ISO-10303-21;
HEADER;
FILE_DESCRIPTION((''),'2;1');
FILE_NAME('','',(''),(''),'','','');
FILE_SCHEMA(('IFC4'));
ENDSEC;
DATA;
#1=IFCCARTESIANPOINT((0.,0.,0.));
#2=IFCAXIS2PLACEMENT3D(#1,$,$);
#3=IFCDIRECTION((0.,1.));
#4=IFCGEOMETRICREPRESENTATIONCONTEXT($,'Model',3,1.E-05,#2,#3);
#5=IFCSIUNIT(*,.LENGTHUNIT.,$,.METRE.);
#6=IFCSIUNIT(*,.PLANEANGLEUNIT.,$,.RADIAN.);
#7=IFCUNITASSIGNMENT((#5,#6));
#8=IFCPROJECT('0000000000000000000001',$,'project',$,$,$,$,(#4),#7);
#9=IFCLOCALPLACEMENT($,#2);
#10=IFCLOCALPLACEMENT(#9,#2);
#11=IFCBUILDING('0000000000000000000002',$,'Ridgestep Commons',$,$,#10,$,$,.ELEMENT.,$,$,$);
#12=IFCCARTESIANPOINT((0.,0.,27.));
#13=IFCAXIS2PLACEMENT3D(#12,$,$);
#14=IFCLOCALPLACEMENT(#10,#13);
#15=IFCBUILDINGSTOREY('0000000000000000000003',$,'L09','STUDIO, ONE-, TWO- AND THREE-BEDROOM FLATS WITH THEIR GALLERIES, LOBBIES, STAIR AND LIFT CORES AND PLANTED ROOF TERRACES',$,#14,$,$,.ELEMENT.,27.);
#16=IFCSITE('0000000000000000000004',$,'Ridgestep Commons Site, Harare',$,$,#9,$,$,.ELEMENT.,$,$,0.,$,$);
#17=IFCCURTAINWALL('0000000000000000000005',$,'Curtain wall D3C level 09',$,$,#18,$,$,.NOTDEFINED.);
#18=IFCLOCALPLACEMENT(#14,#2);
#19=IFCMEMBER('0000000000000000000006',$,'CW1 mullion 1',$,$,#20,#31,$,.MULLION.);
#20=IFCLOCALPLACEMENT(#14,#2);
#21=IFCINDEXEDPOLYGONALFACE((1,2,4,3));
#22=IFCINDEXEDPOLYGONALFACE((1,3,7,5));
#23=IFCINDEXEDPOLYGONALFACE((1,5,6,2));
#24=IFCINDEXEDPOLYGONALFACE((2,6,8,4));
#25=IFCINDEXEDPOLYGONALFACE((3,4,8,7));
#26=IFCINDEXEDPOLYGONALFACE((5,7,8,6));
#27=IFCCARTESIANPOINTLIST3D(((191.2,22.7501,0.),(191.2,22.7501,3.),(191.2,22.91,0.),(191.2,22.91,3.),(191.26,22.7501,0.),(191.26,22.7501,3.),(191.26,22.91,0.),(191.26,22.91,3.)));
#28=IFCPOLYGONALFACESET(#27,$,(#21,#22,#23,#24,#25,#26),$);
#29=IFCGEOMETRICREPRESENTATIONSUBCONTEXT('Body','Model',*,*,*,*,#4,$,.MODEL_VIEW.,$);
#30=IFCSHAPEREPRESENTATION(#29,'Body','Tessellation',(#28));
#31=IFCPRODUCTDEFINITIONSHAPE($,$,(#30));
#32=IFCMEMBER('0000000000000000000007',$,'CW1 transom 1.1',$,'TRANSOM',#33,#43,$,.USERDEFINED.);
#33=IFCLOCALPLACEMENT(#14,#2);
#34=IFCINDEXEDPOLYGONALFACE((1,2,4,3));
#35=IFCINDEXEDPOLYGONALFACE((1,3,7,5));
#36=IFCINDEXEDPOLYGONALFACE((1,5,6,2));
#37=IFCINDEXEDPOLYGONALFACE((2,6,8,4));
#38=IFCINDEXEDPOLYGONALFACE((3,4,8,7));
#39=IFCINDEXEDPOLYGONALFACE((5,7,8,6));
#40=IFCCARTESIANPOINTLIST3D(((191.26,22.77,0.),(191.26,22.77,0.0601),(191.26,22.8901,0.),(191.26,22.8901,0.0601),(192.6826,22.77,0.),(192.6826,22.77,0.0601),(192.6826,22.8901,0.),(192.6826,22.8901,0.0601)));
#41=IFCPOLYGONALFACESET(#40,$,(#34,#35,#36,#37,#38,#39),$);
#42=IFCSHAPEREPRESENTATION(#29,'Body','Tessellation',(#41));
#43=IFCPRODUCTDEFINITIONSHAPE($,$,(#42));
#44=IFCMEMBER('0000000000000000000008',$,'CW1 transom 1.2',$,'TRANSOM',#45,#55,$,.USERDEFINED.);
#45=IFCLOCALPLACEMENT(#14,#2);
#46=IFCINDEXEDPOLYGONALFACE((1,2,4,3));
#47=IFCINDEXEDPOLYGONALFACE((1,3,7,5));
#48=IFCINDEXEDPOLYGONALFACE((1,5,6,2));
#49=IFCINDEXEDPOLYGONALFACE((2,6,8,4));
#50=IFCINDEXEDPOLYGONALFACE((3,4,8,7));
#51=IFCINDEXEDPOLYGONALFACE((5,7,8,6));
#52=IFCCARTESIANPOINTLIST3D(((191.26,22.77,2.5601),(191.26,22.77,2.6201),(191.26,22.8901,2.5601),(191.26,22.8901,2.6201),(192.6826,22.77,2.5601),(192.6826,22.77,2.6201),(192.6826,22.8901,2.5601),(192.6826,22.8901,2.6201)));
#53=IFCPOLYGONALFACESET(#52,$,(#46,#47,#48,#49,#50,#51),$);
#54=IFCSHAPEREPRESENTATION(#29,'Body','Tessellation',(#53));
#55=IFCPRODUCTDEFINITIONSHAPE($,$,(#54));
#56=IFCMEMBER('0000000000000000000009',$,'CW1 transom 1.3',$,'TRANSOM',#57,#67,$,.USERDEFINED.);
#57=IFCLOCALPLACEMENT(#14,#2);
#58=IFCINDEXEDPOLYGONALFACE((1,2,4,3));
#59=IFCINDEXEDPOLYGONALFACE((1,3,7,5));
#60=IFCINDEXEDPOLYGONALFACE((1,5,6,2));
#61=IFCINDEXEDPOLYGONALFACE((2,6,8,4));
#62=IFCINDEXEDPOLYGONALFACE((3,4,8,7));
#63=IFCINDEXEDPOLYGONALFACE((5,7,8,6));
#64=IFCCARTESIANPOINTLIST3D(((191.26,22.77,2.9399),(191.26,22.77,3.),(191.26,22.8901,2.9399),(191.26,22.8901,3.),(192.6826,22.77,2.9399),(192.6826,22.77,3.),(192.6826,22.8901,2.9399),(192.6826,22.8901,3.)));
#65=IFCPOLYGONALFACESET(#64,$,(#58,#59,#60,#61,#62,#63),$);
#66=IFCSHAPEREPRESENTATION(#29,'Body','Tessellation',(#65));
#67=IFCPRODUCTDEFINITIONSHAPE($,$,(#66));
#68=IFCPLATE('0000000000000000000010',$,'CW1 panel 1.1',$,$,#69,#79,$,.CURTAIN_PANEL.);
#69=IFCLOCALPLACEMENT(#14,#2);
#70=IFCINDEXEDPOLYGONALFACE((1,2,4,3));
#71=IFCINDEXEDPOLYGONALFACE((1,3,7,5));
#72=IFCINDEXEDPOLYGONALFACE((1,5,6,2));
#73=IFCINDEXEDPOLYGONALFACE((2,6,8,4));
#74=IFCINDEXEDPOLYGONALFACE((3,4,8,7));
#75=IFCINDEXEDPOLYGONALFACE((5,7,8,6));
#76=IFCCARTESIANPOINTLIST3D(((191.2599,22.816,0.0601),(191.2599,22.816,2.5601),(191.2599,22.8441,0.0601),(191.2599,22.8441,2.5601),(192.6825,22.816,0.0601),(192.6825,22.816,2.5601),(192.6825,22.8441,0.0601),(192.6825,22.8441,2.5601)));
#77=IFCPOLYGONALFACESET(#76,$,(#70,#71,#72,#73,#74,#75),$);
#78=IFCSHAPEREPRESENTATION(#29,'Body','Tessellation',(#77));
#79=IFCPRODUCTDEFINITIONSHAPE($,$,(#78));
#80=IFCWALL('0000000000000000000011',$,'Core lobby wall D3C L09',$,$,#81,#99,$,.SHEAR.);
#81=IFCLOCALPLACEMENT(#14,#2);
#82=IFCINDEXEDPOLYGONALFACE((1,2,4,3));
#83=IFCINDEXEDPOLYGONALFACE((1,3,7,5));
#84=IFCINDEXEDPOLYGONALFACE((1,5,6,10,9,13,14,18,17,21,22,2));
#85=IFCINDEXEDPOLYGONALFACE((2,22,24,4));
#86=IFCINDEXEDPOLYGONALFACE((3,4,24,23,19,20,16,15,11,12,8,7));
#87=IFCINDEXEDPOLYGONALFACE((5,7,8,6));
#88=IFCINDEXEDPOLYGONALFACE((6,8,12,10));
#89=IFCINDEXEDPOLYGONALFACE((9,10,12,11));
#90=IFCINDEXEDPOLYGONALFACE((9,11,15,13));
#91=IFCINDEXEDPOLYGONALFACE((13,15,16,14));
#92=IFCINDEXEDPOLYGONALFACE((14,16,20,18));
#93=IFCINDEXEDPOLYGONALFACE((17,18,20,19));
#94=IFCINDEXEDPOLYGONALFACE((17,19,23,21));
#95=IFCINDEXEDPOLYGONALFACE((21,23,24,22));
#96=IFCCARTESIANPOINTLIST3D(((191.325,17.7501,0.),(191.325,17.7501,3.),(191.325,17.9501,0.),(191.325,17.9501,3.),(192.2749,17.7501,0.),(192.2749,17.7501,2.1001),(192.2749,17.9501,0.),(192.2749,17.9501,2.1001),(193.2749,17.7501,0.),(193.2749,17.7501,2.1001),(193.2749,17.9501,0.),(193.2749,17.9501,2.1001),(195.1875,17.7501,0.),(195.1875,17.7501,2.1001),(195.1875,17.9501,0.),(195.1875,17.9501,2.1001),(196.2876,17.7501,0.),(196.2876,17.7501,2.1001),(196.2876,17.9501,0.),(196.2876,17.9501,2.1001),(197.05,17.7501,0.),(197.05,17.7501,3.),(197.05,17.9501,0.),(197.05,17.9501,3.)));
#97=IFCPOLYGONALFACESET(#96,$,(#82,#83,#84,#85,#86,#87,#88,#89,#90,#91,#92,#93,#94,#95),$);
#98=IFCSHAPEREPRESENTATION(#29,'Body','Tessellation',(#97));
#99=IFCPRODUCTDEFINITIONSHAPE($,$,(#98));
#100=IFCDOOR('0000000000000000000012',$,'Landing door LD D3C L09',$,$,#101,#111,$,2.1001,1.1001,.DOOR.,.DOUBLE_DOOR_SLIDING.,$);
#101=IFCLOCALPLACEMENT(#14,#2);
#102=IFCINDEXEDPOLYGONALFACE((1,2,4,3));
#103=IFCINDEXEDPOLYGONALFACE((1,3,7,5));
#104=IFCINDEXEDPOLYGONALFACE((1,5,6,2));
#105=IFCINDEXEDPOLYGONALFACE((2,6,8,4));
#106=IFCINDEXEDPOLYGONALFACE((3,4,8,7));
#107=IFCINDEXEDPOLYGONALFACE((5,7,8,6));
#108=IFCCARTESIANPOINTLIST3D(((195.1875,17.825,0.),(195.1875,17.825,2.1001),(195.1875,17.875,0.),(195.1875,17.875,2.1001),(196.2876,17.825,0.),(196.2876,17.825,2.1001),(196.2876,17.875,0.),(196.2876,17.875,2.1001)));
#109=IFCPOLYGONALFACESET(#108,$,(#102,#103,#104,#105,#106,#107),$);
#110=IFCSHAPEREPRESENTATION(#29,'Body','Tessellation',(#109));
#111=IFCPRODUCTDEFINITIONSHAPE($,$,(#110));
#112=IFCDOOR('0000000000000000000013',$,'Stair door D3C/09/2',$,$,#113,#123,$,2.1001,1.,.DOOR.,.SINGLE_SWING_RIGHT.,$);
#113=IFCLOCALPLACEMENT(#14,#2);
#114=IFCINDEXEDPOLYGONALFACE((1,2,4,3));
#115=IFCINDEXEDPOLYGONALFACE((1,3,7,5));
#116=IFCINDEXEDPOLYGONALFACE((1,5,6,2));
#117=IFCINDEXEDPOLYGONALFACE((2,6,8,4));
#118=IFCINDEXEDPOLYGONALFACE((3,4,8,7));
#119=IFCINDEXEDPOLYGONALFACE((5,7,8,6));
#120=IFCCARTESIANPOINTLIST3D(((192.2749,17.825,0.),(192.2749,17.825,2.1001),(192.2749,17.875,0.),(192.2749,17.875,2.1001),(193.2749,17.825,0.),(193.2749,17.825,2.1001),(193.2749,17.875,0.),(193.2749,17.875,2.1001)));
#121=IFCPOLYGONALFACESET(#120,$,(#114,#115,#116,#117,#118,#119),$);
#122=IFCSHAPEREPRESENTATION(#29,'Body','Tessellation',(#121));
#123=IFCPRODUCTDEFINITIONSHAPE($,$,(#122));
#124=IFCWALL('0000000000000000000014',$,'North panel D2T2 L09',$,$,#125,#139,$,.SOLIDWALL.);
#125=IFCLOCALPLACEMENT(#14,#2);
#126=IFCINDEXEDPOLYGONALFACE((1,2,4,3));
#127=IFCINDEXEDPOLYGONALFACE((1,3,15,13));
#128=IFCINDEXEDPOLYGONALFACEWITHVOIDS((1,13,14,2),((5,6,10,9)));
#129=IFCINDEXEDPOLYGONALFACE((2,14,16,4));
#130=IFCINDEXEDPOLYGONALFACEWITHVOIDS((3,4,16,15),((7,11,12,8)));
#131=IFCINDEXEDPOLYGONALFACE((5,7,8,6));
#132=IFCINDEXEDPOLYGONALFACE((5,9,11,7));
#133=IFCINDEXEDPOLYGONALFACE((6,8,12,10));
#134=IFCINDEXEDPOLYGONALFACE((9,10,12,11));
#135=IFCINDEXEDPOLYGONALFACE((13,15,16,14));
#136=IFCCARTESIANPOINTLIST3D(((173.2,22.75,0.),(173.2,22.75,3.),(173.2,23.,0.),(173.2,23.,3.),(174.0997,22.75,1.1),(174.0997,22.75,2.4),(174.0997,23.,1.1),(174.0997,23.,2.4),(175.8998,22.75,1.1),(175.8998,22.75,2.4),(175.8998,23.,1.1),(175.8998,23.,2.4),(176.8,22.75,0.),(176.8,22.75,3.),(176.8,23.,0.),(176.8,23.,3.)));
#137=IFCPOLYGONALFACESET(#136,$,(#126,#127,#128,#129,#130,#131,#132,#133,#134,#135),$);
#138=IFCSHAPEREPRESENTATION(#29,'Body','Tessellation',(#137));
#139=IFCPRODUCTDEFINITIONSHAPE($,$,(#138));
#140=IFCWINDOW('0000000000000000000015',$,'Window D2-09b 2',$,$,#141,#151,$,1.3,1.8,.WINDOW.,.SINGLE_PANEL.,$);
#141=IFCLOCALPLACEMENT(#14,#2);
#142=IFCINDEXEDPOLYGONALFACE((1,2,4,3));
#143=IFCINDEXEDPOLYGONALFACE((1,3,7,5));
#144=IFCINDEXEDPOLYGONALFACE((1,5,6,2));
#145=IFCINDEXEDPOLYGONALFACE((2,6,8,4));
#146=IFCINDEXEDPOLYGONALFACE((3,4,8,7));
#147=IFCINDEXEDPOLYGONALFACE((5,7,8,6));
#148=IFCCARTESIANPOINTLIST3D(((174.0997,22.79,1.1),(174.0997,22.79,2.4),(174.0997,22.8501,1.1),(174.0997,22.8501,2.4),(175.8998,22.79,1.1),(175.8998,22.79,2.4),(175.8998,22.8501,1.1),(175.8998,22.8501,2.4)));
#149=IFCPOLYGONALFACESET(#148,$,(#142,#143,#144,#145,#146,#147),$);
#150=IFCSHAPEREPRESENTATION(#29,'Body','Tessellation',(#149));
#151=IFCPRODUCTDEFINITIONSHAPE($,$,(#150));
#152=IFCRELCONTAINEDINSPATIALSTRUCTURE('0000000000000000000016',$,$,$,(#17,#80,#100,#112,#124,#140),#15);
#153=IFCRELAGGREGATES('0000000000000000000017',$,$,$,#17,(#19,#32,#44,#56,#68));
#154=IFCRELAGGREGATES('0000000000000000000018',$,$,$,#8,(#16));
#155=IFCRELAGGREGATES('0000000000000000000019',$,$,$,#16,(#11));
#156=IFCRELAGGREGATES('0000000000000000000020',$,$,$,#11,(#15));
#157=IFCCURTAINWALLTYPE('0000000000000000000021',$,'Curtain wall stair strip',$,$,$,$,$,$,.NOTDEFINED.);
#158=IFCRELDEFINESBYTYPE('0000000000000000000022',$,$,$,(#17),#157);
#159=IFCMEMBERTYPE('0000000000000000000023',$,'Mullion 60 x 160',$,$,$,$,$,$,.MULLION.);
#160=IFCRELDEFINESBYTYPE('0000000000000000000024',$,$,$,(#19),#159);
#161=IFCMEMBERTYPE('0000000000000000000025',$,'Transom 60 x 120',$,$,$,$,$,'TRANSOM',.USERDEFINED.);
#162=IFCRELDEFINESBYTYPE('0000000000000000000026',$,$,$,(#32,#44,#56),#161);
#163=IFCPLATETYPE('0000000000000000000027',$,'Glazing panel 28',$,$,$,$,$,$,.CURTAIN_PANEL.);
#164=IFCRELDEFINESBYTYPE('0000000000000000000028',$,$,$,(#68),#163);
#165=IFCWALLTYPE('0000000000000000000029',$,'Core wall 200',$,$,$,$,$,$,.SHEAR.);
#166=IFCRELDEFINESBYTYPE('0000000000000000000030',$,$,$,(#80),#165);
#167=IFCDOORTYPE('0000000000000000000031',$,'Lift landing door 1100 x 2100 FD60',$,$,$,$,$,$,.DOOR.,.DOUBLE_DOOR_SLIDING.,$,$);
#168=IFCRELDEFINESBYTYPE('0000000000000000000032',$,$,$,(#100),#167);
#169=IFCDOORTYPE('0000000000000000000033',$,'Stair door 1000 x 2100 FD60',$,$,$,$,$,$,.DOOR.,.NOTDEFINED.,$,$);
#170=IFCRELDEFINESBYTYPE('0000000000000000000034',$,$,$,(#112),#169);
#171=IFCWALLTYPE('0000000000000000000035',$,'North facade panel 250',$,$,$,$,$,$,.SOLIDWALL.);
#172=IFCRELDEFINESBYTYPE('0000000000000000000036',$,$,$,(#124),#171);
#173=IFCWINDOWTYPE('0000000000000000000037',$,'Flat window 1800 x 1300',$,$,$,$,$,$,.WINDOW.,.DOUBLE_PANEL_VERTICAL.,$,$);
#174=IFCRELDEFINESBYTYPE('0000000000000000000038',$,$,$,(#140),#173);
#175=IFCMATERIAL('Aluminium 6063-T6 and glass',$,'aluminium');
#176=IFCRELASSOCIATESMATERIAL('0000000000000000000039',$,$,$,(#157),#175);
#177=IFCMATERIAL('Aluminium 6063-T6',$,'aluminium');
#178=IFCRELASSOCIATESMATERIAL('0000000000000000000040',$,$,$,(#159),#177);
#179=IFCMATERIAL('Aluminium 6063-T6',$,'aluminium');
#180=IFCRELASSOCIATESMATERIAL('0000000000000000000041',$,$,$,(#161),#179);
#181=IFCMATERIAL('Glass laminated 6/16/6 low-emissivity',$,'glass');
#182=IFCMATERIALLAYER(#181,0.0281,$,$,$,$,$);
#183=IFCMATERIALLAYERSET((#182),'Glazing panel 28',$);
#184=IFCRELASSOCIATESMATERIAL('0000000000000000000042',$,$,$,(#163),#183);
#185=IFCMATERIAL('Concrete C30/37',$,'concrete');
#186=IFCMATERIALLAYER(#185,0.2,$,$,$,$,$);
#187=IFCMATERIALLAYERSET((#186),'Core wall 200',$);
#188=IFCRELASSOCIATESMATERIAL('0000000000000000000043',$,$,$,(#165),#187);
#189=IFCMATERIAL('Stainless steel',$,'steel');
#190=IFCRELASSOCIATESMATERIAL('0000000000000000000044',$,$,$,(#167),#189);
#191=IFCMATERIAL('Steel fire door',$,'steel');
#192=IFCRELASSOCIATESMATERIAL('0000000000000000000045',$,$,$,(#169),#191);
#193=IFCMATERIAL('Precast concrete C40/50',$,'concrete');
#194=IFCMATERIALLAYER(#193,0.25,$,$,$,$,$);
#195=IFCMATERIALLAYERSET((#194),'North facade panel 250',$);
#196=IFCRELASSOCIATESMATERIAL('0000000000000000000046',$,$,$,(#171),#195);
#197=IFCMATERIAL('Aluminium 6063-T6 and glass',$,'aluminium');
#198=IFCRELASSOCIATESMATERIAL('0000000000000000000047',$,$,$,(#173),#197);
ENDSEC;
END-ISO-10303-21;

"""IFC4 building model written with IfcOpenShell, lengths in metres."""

from ifc_helpers import new_model, si_unit, direction, frame, frame_2d, origin, origin_2d, place, context, subcontext, project, spatial, rectangle, extrude, material, layer, layer_set, material_profile, profile_set, type_object, element, fill, aggregate, save


model = new_model("IFC4")

# Units and contexts
model_context = context("Model", 3, precision=1e-05, world=origin(), true_north=direction((0.0, 1.0)))
body_context = subcontext(model_context, "Body", "Model", "MODEL_VIEW")
ifc_project = project(units=[si_unit("LENGTHUNIT", "METRE"), si_unit("PLANEANGLEUNIT", "RADIAN")], contexts=[model_context])

# Site, building, storey
site_placement = place(None, origin())
site = spatial("IfcSite", under=ifc_project, at=site_placement, Name="Ridgestep Commons Site, Harare", CompositionType="ELEMENT", RefElevation=0.0)
building_placement = place(site_placement, origin())
building = spatial("IfcBuilding", under=site, at=building_placement, Name="Ridgestep Commons", CompositionType="ELEMENT")
storey_placement = place(building_placement, frame((0.0, 0.0, 27.0)))
storey = spatial("IfcBuildingStorey", under=building, at=storey_placement, Name="L09", Description="STUDIO, ONE-, TWO- AND THREE-BEDROOM FLATS WITH THEIR GALLERIES, LOBBIES, STAIR AND LIFT CORES AND PLANTED ROOF TERRACES", CompositionType="ELEMENT", Elevation=27.0)

# Curtain wall, members, plate
ifc_material_1 = material(Name="Aluminium 6063-T6 and glass", Category="aluminium")
curtain_wall_type = type_object("IfcCurtainWallType", Name="Curtain wall stair strip", PredefinedType="NOTDEFINED", material=ifc_material_1)
curtain_wall_placement = place(storey_placement, origin())
curtain_wall = element("IfcCurtainWall", 1, at=curtain_wall_placement, inside=storey, type_object=curtain_wall_type, Name="Curtain wall D3C level 09", PredefinedType="NOTDEFINED")
ifc_material_2 = material(Name="Aluminium 6063-T6", Category="aluminium")
ifc_material_profile_1 = material_profile(ifc_material_2, rectangle(XDim=0.1599, YDim=0.0601, at=origin_2d()), Name="Mullion 60 x 160")
ifc_profile_set_1 = profile_set([ifc_material_profile_1], Name="Aluminium 6063-T6")
member_type_1 = type_object("IfcMemberType", Name="Mullion 60 x 160", PredefinedType="MULLION", material=ifc_profile_set_1)
member_1_placement = place(storey_placement, frame((191.23, 22.8301, 0.0), z_axis=(0.0, 0.0, 1.0), x_axis=(0.0, 1.0, 0.0)))
member_1 = element("IfcMember", 2, at=member_1_placement, type_object=member_type_1, Name="CW1 mullion 1", PredefinedType="MULLION", context=body_context, shape_type="SweptSolid", body=[
    extrude(rectangle(XDim=0.1599, YDim=0.0601, at=origin_2d()), origin(), (0.0, 0.0, 1.0), 3.0),
])
ifc_material_3 = material(Name="Aluminium 6063-T6", Category="aluminium")
ifc_material_profile_2 = material_profile(ifc_material_3, rectangle(XDim=0.1201, YDim=0.0601, at=origin_2d()), Name="Transom 60 x 120")
ifc_profile_set_2 = profile_set([ifc_material_profile_2], Name="Aluminium 6063-T6")
member_type_2 = type_object("IfcMemberType", Name="Transom 60 x 120", ElementType="TRANSOM", PredefinedType="USERDEFINED", material=ifc_profile_set_2)
member_2_placement = place(storey_placement, frame((191.26, 22.8301, 0.03), z_axis=(1.0, 0.0, 0.0), x_axis=(0.0, 1.0, 0.0)))
member_2 = element("IfcMember", 3, at=member_2_placement, type_object=member_type_2, Name="CW1 transom 1.1", ObjectType="TRANSOM", PredefinedType="USERDEFINED", context=body_context, shape_type="SweptSolid", body=[
    extrude(rectangle(XDim=0.1201, YDim=0.0601, at=origin_2d()), origin(), (0.0, 0.0, 1.0), 1.4226),
])
member_3_placement = place(storey_placement, frame((191.26, 22.8301, 2.5901), z_axis=(1.0, 0.0, 0.0), x_axis=(0.0, 1.0, 0.0)))
member_3 = element("IfcMember", 4, at=member_3_placement, type_object=member_type_2, Name="CW1 transom 1.2", ObjectType="TRANSOM", PredefinedType="USERDEFINED", context=body_context, shape_type="SweptSolid", body=[
    extrude(rectangle(XDim=0.1201, YDim=0.0601, at=origin_2d()), origin(), (0.0, 0.0, 1.0), 1.4226),
])
member_4_placement = place(storey_placement, frame((191.26, 22.8301, 2.97), z_axis=(1.0, 0.0, 0.0), x_axis=(0.0, 1.0, 0.0)))
member_4 = element("IfcMember", 5, at=member_4_placement, type_object=member_type_2, Name="CW1 transom 1.3", ObjectType="TRANSOM", PredefinedType="USERDEFINED", context=body_context, shape_type="SweptSolid", body=[
    extrude(rectangle(XDim=0.1201, YDim=0.0601, at=origin_2d()), origin(), (0.0, 0.0, 1.0), 1.4226),
])
ifc_material_4 = material(Name="Glass laminated 6/16/6 low-emissivity", Category="glass")
ifc_layer_1 = layer(ifc_material_4, 0.0281)
ifc_layer_set_1 = layer_set([ifc_layer_1], Name="Glazing panel 28")
plate_type = type_object("IfcPlateType", Name="Glazing panel 28", PredefinedType="CURTAIN_PANEL", material=ifc_layer_set_1)
plate_placement = place(storey_placement, frame((191.9712, 22.8301, 0.0601), z_axis=(0.0, 0.0, 1.0), x_axis=(1.0, 0.0, 0.0)))
plate = element("IfcPlate", 6, at=plate_placement, type_object=plate_type, Name="CW1 panel 1.1", PredefinedType="CURTAIN_PANEL", context=body_context, shape_type="SweptSolid", body=[
    extrude(rectangle(XDim=1.4226, YDim=0.0281, at=origin_2d()), origin(), (0.0, 0.0, 1.0), 2.5),
])
aggregate(curtain_wall, [member_1, member_2, member_3, member_4, plate])

# Wall, openings, doors
ifc_material_5 = material(Name="Concrete C30/37", Category="concrete")
ifc_layer_2 = layer(ifc_material_5, 0.2)
ifc_layer_set_2 = layer_set([ifc_layer_2], Name="Core wall 200")
wall_type_1 = type_object("IfcWallType", Name="Core wall 200", PredefinedType="SHEAR", material=ifc_layer_set_2)
wall_1_placement = place(storey_placement, frame((191.325, 17.8501, 0.0), z_axis=(0.0, 0.0, 1.0), x_axis=(1.0, 0.0, 0.0)))
wall_1 = element("IfcWall", 7, at=wall_1_placement, inside=storey, type_object=wall_type_1, Name="Core lobby wall D3C L09", PredefinedType="SHEAR", context=body_context, shape_type="SweptSolid", body=[
    extrude(rectangle(XDim=5.7251, YDim=0.2, at=frame_2d((2.8625, 0.0))), origin(), (0.0, 0.0, 1.0), 3.0),
])
opening_1_placement = place(wall_1_placement, frame((0.95, 0.0, 0.0)))
opening_1 = element("IfcOpeningElement", 8, at=opening_1_placement, cuts=wall_1, PredefinedType="OPENING", context=body_context, shape_type="SweptSolid", body=[
    extrude(rectangle(XDim=1.0, YDim=2.1001, at=frame_2d((0.5, 1.05))), frame((0.0, 0.1099, 0.0), z_axis=(0.0, -1.0, 0.0), x_axis=(1.0, 0.0, 0.0)), (0.0, 0.0, 1.0), 0.22),
])
opening_2_placement = place(wall_1_placement, frame((3.8625, 0.0, 0.0)))
opening_2 = element("IfcOpeningElement", 9, at=opening_2_placement, cuts=wall_1, PredefinedType="OPENING", context=body_context, shape_type="SweptSolid", body=[
    extrude(rectangle(XDim=1.1001, YDim=2.1001, at=frame_2d((0.55, 1.05))), frame((0.0, 0.1099, 0.0), z_axis=(0.0, -1.0, 0.0), x_axis=(1.0, 0.0, 0.0)), (0.0, 0.0, 1.0), 0.22),
])
ifc_material_6 = material(Name="Stainless steel", Category="steel")
door_type_1 = type_object("IfcDoorType", Name="Lift landing door 1100 x 2100 FD60", OperationType="DOUBLE_DOOR_SLIDING", PredefinedType="DOOR", material=ifc_material_6)
door_1_placement = place(opening_2_placement, origin())
door_1 = element("IfcDoor", 10, at=door_1_placement, inside=storey, type_object=door_type_1, Name="Landing door LD D3C L09", OperationType="DOUBLE_DOOR_SLIDING", OverallHeight=2.1001, OverallWidth=1.1001, PredefinedType="DOOR", context=body_context, shape_type="SweptSolid", body=[
    extrude(rectangle(XDim=1.1001, YDim=2.1001, at=frame_2d((0.55, 1.05))), frame((0.0, 0.0249, 0.0), z_axis=(0.0, -1.0, 0.0), x_axis=(1.0, 0.0, 0.0)), (0.0, 0.0, 1.0), 0.05),
])
fill(opening_2, door_1)
ifc_material_7 = material(Name="Steel fire door", Category="steel")
door_type_2 = type_object("IfcDoorType", Name="Stair door 1000 x 2100 FD60", OperationType="NOTDEFINED", PredefinedType="DOOR", material=ifc_material_7)
door_2_placement = place(opening_1_placement, origin())
door_2 = element("IfcDoor", 11, at=door_2_placement, inside=storey, type_object=door_type_2, Name="Stair door D3C/09/2", OperationType="SINGLE_SWING_RIGHT", OverallHeight=2.1001, OverallWidth=1.0, PredefinedType="DOOR", context=body_context, shape_type="SweptSolid", body=[
    extrude(rectangle(XDim=1.0, YDim=2.1001, at=frame_2d((0.5, 1.05))), frame((0.0, 0.0249, 0.0), z_axis=(0.0, -1.0, 0.0), x_axis=(1.0, 0.0, 0.0)), (0.0, 0.0, 1.0), 0.05),
])
fill(opening_1, door_2)

# Wall, opening, window
ifc_material_8 = material(Name="Precast concrete C40/50", Category="concrete")
ifc_layer_3 = layer(ifc_material_8, 0.25)
ifc_layer_set_3 = layer_set([ifc_layer_3], Name="North facade panel 250")
wall_type_2 = type_object("IfcWallType", Name="North facade panel 250", PredefinedType="SOLIDWALL", material=ifc_layer_set_3)
wall_2_placement = place(storey_placement, frame((173.2, 22.875, 0.0), z_axis=(0.0, 0.0, 1.0), x_axis=(1.0, 0.0, 0.0)))
wall_2 = element("IfcWall", 12, at=wall_2_placement, inside=storey, type_object=wall_type_2, Name="North panel D2T2 L09", PredefinedType="SOLIDWALL", context=body_context, shape_type="SweptSolid", body=[
    extrude(rectangle(XDim=3.6001, YDim=0.25, at=frame_2d((1.8, 0.0))), origin(), (0.0, 0.0, 1.0), 3.0),
])
opening_3_placement = place(wall_2_placement, frame((0.8999, 0.0, 1.1001)))
opening_3 = element("IfcOpeningElement", 13, at=opening_3_placement, cuts=wall_2, PredefinedType="OPENING", context=body_context, shape_type="SweptSolid", body=[
    extrude(rectangle(XDim=1.8, YDim=1.3, at=frame_2d((0.8999, 0.6499))), frame((0.0, 0.135, 0.0), z_axis=(0.0, -1.0, 0.0), x_axis=(1.0, 0.0, 0.0)), (0.0, 0.0, 1.0), 0.27),
])
ifc_material_9 = material(Name="Aluminium 6063-T6 and glass", Category="aluminium")
window_type = type_object("IfcWindowType", Name="Flat window 1800 x 1300", PartitioningType="DOUBLE_PANEL_VERTICAL", PredefinedType="WINDOW", material=ifc_material_9)
window_placement = place(opening_3_placement, origin())
window = element("IfcWindow", 14, at=window_placement, inside=storey, type_object=window_type, Name="Window D2-09b 2", OverallHeight=1.3, OverallWidth=1.8, PartitioningType="SINGLE_PANEL", PredefinedType="WINDOW", context=body_context, shape_type="SweptSolid", body=[
    extrude(rectangle(XDim=1.8, YDim=1.3, at=frame_2d((0.8999, 0.6499))), frame((0.0, -0.0249, 0.0), z_axis=(0.0, -1.0, 0.0), x_axis=(1.0, 0.0, 0.0)), (0.0, 0.0, 1.0), 0.0601),
])
fill(opening_3, window)

save(model, "model.ifc")
